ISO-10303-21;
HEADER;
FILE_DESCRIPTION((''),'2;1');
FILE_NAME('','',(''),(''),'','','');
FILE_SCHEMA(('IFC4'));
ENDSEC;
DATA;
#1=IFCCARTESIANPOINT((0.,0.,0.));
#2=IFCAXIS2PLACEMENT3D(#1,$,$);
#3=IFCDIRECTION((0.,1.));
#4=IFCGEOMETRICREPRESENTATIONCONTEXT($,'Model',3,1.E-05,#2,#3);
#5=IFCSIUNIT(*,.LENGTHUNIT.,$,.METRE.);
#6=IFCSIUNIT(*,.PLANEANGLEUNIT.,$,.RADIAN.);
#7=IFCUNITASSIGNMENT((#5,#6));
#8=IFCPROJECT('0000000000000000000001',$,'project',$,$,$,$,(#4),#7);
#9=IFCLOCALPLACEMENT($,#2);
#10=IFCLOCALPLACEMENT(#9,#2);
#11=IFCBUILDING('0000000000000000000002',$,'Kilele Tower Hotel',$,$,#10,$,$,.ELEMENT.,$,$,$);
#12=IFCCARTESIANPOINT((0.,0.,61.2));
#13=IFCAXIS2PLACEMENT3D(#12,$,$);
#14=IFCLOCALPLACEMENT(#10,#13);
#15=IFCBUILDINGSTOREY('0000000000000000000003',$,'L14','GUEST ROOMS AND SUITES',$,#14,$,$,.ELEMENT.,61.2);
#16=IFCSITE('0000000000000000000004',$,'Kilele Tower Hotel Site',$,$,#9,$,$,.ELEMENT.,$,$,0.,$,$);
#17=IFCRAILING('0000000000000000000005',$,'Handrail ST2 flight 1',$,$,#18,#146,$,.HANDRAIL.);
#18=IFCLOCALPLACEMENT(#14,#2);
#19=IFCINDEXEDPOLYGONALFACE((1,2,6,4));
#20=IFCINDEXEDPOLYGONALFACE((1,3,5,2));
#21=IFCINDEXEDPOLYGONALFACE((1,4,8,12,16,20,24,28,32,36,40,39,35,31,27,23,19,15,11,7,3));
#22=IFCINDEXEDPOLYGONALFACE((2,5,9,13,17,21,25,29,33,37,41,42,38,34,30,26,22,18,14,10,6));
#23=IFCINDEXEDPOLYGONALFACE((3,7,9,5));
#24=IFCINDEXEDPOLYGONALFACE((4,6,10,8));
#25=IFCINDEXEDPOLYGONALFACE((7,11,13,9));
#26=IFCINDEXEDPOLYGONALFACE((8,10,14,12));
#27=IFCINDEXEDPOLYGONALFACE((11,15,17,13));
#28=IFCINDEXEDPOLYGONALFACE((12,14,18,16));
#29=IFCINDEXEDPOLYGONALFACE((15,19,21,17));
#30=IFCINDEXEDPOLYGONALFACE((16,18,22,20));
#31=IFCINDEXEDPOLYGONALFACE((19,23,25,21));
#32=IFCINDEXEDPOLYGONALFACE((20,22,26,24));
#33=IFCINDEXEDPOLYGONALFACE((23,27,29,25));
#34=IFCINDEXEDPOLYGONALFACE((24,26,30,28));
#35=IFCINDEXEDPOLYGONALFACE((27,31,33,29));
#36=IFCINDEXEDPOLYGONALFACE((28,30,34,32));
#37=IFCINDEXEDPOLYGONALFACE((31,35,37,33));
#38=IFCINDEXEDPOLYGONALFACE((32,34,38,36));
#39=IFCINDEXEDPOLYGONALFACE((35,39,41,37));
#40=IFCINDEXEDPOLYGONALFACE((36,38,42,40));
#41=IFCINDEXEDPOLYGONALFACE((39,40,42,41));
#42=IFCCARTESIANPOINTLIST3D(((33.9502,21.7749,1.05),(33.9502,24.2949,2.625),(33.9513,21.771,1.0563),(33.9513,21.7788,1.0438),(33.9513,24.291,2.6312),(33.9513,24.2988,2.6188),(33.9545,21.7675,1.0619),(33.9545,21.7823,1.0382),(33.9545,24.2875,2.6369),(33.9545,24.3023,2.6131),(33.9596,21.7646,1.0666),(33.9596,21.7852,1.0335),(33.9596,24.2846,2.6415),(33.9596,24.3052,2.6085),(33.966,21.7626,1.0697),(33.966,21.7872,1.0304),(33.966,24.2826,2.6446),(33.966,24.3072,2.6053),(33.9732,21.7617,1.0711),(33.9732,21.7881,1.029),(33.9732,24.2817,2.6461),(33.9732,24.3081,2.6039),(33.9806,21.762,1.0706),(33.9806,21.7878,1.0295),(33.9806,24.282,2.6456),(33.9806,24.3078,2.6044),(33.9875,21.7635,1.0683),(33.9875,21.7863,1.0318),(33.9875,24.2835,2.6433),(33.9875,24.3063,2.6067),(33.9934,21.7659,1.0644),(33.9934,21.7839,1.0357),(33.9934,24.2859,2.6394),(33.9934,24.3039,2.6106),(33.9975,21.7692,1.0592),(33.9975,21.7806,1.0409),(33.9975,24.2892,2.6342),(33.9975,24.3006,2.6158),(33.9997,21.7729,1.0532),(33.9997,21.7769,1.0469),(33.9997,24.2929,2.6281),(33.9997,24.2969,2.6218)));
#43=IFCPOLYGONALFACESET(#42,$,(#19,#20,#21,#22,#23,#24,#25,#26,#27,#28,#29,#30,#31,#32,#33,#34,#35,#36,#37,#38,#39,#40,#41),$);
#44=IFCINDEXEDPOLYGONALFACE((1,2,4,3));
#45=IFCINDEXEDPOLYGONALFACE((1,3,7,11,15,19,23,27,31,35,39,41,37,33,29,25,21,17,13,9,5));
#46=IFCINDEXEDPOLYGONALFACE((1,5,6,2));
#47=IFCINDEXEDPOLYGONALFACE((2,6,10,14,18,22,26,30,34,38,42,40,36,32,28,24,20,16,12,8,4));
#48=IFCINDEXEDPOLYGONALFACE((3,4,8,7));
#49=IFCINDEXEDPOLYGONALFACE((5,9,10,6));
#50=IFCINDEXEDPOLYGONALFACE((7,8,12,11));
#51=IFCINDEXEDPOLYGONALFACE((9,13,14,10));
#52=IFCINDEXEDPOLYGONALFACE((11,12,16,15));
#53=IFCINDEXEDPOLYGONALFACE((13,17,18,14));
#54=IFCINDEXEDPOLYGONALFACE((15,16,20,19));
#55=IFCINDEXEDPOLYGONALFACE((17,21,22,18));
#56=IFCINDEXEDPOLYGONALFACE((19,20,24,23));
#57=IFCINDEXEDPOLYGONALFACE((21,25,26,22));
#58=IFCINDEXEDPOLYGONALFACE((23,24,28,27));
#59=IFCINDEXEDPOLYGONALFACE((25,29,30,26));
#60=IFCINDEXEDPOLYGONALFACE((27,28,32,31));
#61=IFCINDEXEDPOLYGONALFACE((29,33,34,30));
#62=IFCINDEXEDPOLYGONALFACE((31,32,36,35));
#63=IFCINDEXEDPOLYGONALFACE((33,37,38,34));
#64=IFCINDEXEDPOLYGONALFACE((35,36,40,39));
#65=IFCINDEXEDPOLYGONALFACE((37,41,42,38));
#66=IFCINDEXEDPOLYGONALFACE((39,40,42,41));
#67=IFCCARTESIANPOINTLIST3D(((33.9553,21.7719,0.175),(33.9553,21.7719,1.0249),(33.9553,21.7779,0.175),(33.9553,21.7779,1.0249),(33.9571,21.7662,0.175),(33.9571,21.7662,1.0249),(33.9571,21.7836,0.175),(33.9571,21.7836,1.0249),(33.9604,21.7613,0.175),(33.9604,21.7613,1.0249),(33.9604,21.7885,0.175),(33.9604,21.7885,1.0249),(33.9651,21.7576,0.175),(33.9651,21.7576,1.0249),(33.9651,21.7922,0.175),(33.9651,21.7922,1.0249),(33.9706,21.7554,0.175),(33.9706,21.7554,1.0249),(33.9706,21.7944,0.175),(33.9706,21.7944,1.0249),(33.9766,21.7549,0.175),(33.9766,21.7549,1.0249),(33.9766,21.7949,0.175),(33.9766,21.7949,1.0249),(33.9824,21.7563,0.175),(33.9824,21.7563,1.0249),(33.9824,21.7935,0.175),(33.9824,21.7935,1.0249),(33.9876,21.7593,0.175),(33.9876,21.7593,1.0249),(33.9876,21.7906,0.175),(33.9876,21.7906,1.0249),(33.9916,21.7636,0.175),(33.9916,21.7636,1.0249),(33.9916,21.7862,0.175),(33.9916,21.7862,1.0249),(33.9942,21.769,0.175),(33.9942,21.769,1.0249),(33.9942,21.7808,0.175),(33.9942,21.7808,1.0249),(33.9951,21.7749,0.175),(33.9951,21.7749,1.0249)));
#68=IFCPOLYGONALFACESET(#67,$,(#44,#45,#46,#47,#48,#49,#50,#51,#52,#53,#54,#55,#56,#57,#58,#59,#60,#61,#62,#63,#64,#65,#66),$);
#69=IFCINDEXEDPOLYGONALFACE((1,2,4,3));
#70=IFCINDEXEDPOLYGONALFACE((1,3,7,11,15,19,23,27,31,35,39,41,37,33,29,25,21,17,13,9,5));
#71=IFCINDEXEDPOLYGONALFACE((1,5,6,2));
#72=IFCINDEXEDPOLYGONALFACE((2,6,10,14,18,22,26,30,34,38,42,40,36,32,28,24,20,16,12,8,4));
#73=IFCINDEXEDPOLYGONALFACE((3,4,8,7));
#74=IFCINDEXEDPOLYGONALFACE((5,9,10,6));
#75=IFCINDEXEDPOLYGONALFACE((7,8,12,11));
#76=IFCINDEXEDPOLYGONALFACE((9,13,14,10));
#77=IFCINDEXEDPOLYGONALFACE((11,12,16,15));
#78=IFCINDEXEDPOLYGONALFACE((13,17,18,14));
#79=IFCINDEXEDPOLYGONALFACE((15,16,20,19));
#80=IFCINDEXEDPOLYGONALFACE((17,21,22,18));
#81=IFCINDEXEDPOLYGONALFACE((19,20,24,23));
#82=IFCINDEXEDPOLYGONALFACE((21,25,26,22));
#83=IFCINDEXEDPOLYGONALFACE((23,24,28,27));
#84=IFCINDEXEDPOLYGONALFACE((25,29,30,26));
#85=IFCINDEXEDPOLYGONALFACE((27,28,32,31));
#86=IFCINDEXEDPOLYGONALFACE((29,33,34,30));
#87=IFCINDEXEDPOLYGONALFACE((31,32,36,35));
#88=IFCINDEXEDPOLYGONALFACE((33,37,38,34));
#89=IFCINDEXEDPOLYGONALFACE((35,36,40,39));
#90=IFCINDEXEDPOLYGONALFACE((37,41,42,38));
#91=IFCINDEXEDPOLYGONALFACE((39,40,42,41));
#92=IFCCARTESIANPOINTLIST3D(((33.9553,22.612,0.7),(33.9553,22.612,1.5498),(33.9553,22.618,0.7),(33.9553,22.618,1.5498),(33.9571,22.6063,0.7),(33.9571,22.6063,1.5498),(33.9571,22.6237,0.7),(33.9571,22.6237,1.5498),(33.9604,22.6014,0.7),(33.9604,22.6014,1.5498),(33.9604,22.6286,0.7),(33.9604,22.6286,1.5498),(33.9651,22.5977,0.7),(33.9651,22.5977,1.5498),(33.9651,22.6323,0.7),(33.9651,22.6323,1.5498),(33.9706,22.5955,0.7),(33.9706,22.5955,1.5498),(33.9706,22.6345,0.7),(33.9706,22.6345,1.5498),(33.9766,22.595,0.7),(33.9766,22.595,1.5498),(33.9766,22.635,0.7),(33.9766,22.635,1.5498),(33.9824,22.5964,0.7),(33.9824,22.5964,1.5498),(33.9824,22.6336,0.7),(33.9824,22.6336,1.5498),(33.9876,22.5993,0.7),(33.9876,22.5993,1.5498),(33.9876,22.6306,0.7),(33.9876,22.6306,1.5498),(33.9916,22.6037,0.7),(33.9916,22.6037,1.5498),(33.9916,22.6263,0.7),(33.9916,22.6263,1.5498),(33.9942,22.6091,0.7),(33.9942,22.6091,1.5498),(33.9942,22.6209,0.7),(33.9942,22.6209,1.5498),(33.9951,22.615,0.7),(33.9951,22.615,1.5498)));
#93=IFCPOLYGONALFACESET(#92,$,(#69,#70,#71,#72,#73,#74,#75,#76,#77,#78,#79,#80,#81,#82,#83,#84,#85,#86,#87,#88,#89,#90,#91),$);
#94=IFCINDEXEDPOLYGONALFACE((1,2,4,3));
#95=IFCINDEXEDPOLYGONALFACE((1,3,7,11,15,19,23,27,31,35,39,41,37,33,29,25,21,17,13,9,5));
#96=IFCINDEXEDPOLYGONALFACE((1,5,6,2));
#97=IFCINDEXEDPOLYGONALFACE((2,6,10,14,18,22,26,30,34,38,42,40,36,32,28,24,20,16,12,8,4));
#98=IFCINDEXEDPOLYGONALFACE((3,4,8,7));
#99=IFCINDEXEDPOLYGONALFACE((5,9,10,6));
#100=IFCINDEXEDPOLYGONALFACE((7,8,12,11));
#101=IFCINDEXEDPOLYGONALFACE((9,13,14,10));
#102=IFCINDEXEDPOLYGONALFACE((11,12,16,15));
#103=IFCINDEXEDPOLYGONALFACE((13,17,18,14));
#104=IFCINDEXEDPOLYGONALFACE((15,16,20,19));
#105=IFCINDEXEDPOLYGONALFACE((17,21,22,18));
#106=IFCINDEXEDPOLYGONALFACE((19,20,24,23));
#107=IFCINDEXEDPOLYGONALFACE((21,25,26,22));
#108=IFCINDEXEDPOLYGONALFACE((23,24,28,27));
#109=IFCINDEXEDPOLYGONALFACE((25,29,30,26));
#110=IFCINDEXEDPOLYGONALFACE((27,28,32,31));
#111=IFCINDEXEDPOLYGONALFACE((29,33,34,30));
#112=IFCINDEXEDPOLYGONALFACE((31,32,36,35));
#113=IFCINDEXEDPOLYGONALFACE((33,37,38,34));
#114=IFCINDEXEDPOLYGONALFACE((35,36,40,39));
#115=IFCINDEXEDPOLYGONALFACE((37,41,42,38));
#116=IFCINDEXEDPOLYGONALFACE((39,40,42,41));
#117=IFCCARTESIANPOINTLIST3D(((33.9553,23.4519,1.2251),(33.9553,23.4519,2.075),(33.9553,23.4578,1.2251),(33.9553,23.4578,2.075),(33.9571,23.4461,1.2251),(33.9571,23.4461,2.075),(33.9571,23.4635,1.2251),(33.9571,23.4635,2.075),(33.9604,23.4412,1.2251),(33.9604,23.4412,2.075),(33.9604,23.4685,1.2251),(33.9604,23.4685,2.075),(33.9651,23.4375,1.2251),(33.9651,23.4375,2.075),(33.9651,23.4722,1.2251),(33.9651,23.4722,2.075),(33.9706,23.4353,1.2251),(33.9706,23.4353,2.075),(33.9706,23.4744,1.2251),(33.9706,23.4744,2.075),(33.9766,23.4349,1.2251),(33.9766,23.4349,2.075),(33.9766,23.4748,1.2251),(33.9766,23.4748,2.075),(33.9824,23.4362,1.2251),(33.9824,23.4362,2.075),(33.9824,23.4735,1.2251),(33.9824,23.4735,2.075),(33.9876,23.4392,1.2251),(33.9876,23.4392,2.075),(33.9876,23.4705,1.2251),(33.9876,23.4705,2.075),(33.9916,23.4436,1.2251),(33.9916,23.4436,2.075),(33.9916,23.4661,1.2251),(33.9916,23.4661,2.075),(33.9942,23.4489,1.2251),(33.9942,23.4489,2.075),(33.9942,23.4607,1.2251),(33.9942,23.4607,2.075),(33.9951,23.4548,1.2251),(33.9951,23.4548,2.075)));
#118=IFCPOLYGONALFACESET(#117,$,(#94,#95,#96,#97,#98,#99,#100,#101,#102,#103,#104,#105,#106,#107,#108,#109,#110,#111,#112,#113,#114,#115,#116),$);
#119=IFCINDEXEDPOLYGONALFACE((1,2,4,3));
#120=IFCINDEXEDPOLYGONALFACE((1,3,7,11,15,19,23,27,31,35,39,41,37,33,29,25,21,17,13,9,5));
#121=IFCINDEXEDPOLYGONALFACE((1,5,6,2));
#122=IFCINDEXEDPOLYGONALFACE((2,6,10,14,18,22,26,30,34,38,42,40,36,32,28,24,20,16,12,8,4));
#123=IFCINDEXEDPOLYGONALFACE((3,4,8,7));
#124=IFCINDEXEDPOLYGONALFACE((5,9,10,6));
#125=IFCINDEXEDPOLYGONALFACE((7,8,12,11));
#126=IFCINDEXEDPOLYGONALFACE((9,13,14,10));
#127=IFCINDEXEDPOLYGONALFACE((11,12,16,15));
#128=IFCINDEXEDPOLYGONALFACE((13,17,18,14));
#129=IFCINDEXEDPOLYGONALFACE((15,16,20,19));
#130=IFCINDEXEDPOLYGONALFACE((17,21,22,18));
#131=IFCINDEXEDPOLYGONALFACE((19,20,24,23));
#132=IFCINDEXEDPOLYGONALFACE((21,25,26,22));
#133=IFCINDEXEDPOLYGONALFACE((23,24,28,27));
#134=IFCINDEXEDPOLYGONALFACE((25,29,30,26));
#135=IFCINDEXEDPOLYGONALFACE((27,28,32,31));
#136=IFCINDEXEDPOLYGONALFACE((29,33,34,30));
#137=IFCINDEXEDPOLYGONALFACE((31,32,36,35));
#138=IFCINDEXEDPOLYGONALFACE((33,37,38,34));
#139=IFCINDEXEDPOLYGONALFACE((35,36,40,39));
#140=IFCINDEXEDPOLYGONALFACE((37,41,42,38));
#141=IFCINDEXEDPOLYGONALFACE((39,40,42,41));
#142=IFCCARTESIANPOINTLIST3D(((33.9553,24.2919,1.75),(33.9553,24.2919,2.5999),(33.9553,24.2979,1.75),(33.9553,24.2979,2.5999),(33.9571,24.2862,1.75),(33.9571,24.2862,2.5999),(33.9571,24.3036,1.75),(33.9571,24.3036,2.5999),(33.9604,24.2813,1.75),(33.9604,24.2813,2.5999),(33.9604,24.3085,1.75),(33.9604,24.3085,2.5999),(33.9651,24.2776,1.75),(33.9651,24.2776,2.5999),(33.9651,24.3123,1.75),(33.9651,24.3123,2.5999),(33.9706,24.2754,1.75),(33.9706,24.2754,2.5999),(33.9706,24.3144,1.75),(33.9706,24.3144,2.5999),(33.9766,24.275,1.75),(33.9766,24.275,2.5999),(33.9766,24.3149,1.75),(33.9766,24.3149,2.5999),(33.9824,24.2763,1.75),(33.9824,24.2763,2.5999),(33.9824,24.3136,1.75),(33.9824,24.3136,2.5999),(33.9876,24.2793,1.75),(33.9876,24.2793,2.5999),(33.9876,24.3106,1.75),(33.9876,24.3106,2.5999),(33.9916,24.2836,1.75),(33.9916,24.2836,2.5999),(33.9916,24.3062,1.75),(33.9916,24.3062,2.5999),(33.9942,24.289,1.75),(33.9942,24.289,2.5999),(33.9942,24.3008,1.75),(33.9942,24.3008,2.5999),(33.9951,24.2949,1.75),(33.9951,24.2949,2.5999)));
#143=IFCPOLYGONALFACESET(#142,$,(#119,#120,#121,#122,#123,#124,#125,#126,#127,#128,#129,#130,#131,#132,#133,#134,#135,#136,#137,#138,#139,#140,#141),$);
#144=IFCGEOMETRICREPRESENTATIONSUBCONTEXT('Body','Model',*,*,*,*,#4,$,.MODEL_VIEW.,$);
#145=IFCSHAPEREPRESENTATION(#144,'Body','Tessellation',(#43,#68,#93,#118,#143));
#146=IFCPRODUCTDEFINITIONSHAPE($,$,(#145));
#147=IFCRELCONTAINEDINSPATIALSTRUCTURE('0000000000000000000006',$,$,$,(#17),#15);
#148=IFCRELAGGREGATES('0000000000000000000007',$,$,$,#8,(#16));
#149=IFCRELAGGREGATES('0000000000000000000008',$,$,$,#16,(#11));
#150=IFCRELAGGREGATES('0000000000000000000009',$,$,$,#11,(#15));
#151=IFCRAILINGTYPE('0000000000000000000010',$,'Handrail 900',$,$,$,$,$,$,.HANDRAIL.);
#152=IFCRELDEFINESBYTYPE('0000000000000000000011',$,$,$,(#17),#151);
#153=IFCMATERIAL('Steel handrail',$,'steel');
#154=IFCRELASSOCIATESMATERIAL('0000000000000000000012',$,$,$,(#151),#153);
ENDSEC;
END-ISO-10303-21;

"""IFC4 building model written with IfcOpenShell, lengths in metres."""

from ifc_helpers import new_model, si_unit, direction, frame, origin, origin_2d, place, context, subcontext, project, spatial, circle, extrude, material, type_object, element, save


model = new_model("IFC4")

# Units and contexts
model_context = context("Model", 3, precision=1e-05, world=origin(), true_north=direction((0.0, 1.0)))
body_context = subcontext(model_context, "Body", "Model", "MODEL_VIEW")
ifc_project = project(units=[si_unit("LENGTHUNIT", "METRE"), si_unit("PLANEANGLEUNIT", "RADIAN")], contexts=[model_context])

# Site, building, storey
site_placement = place(None, origin())
site = spatial("IfcSite", under=ifc_project, at=site_placement, Name="Kilele Tower Hotel Site", CompositionType="ELEMENT", RefElevation=0.0)
building_placement = place(site_placement, origin())
building = spatial("IfcBuilding", under=site, at=building_placement, Name="Kilele Tower Hotel", CompositionType="ELEMENT")
storey_placement = place(building_placement, frame((0.0, 0.0, 61.2)))
storey = spatial("IfcBuildingStorey", under=building, at=storey_placement, Name="L14", Description="GUEST ROOMS AND SUITES", CompositionType="ELEMENT", Elevation=61.2)

# Railing
ifc_material_1 = material(Name="Steel handrail", Category="steel")
railing_type_1 = type_object("IfcRailingType", Name="Handrail 900", PredefinedType="HANDRAIL", material=ifc_material_1)
for number, where, name in (
    (1, (33.9751, 21.7749, 0.175), "Handrail ST2 flight 1"),
):
    element("IfcRailing", number, at=place(storey_placement, frame(where)), inside=storey, type_object=railing_type_1, Name=name, PredefinedType="HANDRAIL", context=body_context, shape_type="SweptSolid", body=[
        extrude(circle(Radius=0.0249, at=origin_2d()), frame((0.0, 0.0, 0.875), z_axis=(0.0, 0.848008, 0.529984), x_axis=(-1.0, 0.0, 0.0)), (0.0, 0.0, 1.0), 2.9717),
        extrude(circle(Radius=0.02, at=origin_2d()), origin(), (0.0, 0.0, 1.0), 0.8499),
        extrude(circle(Radius=0.02, at=origin_2d()), frame((0.0, 0.8401, 0.5249)), (0.0, 0.0, 1.0), 0.8499),
        extrude(circle(Radius=0.02, at=origin_2d()), frame((0.0, 1.6799, 1.05)), (0.0, 0.0, 1.0), 0.8499),
        extrude(circle(Radius=0.02, at=origin_2d()), frame((0.0, 2.52, 1.575)), (0.0, 0.0, 1.0), 0.8499),
    ])

save(model, "model.ifc")
